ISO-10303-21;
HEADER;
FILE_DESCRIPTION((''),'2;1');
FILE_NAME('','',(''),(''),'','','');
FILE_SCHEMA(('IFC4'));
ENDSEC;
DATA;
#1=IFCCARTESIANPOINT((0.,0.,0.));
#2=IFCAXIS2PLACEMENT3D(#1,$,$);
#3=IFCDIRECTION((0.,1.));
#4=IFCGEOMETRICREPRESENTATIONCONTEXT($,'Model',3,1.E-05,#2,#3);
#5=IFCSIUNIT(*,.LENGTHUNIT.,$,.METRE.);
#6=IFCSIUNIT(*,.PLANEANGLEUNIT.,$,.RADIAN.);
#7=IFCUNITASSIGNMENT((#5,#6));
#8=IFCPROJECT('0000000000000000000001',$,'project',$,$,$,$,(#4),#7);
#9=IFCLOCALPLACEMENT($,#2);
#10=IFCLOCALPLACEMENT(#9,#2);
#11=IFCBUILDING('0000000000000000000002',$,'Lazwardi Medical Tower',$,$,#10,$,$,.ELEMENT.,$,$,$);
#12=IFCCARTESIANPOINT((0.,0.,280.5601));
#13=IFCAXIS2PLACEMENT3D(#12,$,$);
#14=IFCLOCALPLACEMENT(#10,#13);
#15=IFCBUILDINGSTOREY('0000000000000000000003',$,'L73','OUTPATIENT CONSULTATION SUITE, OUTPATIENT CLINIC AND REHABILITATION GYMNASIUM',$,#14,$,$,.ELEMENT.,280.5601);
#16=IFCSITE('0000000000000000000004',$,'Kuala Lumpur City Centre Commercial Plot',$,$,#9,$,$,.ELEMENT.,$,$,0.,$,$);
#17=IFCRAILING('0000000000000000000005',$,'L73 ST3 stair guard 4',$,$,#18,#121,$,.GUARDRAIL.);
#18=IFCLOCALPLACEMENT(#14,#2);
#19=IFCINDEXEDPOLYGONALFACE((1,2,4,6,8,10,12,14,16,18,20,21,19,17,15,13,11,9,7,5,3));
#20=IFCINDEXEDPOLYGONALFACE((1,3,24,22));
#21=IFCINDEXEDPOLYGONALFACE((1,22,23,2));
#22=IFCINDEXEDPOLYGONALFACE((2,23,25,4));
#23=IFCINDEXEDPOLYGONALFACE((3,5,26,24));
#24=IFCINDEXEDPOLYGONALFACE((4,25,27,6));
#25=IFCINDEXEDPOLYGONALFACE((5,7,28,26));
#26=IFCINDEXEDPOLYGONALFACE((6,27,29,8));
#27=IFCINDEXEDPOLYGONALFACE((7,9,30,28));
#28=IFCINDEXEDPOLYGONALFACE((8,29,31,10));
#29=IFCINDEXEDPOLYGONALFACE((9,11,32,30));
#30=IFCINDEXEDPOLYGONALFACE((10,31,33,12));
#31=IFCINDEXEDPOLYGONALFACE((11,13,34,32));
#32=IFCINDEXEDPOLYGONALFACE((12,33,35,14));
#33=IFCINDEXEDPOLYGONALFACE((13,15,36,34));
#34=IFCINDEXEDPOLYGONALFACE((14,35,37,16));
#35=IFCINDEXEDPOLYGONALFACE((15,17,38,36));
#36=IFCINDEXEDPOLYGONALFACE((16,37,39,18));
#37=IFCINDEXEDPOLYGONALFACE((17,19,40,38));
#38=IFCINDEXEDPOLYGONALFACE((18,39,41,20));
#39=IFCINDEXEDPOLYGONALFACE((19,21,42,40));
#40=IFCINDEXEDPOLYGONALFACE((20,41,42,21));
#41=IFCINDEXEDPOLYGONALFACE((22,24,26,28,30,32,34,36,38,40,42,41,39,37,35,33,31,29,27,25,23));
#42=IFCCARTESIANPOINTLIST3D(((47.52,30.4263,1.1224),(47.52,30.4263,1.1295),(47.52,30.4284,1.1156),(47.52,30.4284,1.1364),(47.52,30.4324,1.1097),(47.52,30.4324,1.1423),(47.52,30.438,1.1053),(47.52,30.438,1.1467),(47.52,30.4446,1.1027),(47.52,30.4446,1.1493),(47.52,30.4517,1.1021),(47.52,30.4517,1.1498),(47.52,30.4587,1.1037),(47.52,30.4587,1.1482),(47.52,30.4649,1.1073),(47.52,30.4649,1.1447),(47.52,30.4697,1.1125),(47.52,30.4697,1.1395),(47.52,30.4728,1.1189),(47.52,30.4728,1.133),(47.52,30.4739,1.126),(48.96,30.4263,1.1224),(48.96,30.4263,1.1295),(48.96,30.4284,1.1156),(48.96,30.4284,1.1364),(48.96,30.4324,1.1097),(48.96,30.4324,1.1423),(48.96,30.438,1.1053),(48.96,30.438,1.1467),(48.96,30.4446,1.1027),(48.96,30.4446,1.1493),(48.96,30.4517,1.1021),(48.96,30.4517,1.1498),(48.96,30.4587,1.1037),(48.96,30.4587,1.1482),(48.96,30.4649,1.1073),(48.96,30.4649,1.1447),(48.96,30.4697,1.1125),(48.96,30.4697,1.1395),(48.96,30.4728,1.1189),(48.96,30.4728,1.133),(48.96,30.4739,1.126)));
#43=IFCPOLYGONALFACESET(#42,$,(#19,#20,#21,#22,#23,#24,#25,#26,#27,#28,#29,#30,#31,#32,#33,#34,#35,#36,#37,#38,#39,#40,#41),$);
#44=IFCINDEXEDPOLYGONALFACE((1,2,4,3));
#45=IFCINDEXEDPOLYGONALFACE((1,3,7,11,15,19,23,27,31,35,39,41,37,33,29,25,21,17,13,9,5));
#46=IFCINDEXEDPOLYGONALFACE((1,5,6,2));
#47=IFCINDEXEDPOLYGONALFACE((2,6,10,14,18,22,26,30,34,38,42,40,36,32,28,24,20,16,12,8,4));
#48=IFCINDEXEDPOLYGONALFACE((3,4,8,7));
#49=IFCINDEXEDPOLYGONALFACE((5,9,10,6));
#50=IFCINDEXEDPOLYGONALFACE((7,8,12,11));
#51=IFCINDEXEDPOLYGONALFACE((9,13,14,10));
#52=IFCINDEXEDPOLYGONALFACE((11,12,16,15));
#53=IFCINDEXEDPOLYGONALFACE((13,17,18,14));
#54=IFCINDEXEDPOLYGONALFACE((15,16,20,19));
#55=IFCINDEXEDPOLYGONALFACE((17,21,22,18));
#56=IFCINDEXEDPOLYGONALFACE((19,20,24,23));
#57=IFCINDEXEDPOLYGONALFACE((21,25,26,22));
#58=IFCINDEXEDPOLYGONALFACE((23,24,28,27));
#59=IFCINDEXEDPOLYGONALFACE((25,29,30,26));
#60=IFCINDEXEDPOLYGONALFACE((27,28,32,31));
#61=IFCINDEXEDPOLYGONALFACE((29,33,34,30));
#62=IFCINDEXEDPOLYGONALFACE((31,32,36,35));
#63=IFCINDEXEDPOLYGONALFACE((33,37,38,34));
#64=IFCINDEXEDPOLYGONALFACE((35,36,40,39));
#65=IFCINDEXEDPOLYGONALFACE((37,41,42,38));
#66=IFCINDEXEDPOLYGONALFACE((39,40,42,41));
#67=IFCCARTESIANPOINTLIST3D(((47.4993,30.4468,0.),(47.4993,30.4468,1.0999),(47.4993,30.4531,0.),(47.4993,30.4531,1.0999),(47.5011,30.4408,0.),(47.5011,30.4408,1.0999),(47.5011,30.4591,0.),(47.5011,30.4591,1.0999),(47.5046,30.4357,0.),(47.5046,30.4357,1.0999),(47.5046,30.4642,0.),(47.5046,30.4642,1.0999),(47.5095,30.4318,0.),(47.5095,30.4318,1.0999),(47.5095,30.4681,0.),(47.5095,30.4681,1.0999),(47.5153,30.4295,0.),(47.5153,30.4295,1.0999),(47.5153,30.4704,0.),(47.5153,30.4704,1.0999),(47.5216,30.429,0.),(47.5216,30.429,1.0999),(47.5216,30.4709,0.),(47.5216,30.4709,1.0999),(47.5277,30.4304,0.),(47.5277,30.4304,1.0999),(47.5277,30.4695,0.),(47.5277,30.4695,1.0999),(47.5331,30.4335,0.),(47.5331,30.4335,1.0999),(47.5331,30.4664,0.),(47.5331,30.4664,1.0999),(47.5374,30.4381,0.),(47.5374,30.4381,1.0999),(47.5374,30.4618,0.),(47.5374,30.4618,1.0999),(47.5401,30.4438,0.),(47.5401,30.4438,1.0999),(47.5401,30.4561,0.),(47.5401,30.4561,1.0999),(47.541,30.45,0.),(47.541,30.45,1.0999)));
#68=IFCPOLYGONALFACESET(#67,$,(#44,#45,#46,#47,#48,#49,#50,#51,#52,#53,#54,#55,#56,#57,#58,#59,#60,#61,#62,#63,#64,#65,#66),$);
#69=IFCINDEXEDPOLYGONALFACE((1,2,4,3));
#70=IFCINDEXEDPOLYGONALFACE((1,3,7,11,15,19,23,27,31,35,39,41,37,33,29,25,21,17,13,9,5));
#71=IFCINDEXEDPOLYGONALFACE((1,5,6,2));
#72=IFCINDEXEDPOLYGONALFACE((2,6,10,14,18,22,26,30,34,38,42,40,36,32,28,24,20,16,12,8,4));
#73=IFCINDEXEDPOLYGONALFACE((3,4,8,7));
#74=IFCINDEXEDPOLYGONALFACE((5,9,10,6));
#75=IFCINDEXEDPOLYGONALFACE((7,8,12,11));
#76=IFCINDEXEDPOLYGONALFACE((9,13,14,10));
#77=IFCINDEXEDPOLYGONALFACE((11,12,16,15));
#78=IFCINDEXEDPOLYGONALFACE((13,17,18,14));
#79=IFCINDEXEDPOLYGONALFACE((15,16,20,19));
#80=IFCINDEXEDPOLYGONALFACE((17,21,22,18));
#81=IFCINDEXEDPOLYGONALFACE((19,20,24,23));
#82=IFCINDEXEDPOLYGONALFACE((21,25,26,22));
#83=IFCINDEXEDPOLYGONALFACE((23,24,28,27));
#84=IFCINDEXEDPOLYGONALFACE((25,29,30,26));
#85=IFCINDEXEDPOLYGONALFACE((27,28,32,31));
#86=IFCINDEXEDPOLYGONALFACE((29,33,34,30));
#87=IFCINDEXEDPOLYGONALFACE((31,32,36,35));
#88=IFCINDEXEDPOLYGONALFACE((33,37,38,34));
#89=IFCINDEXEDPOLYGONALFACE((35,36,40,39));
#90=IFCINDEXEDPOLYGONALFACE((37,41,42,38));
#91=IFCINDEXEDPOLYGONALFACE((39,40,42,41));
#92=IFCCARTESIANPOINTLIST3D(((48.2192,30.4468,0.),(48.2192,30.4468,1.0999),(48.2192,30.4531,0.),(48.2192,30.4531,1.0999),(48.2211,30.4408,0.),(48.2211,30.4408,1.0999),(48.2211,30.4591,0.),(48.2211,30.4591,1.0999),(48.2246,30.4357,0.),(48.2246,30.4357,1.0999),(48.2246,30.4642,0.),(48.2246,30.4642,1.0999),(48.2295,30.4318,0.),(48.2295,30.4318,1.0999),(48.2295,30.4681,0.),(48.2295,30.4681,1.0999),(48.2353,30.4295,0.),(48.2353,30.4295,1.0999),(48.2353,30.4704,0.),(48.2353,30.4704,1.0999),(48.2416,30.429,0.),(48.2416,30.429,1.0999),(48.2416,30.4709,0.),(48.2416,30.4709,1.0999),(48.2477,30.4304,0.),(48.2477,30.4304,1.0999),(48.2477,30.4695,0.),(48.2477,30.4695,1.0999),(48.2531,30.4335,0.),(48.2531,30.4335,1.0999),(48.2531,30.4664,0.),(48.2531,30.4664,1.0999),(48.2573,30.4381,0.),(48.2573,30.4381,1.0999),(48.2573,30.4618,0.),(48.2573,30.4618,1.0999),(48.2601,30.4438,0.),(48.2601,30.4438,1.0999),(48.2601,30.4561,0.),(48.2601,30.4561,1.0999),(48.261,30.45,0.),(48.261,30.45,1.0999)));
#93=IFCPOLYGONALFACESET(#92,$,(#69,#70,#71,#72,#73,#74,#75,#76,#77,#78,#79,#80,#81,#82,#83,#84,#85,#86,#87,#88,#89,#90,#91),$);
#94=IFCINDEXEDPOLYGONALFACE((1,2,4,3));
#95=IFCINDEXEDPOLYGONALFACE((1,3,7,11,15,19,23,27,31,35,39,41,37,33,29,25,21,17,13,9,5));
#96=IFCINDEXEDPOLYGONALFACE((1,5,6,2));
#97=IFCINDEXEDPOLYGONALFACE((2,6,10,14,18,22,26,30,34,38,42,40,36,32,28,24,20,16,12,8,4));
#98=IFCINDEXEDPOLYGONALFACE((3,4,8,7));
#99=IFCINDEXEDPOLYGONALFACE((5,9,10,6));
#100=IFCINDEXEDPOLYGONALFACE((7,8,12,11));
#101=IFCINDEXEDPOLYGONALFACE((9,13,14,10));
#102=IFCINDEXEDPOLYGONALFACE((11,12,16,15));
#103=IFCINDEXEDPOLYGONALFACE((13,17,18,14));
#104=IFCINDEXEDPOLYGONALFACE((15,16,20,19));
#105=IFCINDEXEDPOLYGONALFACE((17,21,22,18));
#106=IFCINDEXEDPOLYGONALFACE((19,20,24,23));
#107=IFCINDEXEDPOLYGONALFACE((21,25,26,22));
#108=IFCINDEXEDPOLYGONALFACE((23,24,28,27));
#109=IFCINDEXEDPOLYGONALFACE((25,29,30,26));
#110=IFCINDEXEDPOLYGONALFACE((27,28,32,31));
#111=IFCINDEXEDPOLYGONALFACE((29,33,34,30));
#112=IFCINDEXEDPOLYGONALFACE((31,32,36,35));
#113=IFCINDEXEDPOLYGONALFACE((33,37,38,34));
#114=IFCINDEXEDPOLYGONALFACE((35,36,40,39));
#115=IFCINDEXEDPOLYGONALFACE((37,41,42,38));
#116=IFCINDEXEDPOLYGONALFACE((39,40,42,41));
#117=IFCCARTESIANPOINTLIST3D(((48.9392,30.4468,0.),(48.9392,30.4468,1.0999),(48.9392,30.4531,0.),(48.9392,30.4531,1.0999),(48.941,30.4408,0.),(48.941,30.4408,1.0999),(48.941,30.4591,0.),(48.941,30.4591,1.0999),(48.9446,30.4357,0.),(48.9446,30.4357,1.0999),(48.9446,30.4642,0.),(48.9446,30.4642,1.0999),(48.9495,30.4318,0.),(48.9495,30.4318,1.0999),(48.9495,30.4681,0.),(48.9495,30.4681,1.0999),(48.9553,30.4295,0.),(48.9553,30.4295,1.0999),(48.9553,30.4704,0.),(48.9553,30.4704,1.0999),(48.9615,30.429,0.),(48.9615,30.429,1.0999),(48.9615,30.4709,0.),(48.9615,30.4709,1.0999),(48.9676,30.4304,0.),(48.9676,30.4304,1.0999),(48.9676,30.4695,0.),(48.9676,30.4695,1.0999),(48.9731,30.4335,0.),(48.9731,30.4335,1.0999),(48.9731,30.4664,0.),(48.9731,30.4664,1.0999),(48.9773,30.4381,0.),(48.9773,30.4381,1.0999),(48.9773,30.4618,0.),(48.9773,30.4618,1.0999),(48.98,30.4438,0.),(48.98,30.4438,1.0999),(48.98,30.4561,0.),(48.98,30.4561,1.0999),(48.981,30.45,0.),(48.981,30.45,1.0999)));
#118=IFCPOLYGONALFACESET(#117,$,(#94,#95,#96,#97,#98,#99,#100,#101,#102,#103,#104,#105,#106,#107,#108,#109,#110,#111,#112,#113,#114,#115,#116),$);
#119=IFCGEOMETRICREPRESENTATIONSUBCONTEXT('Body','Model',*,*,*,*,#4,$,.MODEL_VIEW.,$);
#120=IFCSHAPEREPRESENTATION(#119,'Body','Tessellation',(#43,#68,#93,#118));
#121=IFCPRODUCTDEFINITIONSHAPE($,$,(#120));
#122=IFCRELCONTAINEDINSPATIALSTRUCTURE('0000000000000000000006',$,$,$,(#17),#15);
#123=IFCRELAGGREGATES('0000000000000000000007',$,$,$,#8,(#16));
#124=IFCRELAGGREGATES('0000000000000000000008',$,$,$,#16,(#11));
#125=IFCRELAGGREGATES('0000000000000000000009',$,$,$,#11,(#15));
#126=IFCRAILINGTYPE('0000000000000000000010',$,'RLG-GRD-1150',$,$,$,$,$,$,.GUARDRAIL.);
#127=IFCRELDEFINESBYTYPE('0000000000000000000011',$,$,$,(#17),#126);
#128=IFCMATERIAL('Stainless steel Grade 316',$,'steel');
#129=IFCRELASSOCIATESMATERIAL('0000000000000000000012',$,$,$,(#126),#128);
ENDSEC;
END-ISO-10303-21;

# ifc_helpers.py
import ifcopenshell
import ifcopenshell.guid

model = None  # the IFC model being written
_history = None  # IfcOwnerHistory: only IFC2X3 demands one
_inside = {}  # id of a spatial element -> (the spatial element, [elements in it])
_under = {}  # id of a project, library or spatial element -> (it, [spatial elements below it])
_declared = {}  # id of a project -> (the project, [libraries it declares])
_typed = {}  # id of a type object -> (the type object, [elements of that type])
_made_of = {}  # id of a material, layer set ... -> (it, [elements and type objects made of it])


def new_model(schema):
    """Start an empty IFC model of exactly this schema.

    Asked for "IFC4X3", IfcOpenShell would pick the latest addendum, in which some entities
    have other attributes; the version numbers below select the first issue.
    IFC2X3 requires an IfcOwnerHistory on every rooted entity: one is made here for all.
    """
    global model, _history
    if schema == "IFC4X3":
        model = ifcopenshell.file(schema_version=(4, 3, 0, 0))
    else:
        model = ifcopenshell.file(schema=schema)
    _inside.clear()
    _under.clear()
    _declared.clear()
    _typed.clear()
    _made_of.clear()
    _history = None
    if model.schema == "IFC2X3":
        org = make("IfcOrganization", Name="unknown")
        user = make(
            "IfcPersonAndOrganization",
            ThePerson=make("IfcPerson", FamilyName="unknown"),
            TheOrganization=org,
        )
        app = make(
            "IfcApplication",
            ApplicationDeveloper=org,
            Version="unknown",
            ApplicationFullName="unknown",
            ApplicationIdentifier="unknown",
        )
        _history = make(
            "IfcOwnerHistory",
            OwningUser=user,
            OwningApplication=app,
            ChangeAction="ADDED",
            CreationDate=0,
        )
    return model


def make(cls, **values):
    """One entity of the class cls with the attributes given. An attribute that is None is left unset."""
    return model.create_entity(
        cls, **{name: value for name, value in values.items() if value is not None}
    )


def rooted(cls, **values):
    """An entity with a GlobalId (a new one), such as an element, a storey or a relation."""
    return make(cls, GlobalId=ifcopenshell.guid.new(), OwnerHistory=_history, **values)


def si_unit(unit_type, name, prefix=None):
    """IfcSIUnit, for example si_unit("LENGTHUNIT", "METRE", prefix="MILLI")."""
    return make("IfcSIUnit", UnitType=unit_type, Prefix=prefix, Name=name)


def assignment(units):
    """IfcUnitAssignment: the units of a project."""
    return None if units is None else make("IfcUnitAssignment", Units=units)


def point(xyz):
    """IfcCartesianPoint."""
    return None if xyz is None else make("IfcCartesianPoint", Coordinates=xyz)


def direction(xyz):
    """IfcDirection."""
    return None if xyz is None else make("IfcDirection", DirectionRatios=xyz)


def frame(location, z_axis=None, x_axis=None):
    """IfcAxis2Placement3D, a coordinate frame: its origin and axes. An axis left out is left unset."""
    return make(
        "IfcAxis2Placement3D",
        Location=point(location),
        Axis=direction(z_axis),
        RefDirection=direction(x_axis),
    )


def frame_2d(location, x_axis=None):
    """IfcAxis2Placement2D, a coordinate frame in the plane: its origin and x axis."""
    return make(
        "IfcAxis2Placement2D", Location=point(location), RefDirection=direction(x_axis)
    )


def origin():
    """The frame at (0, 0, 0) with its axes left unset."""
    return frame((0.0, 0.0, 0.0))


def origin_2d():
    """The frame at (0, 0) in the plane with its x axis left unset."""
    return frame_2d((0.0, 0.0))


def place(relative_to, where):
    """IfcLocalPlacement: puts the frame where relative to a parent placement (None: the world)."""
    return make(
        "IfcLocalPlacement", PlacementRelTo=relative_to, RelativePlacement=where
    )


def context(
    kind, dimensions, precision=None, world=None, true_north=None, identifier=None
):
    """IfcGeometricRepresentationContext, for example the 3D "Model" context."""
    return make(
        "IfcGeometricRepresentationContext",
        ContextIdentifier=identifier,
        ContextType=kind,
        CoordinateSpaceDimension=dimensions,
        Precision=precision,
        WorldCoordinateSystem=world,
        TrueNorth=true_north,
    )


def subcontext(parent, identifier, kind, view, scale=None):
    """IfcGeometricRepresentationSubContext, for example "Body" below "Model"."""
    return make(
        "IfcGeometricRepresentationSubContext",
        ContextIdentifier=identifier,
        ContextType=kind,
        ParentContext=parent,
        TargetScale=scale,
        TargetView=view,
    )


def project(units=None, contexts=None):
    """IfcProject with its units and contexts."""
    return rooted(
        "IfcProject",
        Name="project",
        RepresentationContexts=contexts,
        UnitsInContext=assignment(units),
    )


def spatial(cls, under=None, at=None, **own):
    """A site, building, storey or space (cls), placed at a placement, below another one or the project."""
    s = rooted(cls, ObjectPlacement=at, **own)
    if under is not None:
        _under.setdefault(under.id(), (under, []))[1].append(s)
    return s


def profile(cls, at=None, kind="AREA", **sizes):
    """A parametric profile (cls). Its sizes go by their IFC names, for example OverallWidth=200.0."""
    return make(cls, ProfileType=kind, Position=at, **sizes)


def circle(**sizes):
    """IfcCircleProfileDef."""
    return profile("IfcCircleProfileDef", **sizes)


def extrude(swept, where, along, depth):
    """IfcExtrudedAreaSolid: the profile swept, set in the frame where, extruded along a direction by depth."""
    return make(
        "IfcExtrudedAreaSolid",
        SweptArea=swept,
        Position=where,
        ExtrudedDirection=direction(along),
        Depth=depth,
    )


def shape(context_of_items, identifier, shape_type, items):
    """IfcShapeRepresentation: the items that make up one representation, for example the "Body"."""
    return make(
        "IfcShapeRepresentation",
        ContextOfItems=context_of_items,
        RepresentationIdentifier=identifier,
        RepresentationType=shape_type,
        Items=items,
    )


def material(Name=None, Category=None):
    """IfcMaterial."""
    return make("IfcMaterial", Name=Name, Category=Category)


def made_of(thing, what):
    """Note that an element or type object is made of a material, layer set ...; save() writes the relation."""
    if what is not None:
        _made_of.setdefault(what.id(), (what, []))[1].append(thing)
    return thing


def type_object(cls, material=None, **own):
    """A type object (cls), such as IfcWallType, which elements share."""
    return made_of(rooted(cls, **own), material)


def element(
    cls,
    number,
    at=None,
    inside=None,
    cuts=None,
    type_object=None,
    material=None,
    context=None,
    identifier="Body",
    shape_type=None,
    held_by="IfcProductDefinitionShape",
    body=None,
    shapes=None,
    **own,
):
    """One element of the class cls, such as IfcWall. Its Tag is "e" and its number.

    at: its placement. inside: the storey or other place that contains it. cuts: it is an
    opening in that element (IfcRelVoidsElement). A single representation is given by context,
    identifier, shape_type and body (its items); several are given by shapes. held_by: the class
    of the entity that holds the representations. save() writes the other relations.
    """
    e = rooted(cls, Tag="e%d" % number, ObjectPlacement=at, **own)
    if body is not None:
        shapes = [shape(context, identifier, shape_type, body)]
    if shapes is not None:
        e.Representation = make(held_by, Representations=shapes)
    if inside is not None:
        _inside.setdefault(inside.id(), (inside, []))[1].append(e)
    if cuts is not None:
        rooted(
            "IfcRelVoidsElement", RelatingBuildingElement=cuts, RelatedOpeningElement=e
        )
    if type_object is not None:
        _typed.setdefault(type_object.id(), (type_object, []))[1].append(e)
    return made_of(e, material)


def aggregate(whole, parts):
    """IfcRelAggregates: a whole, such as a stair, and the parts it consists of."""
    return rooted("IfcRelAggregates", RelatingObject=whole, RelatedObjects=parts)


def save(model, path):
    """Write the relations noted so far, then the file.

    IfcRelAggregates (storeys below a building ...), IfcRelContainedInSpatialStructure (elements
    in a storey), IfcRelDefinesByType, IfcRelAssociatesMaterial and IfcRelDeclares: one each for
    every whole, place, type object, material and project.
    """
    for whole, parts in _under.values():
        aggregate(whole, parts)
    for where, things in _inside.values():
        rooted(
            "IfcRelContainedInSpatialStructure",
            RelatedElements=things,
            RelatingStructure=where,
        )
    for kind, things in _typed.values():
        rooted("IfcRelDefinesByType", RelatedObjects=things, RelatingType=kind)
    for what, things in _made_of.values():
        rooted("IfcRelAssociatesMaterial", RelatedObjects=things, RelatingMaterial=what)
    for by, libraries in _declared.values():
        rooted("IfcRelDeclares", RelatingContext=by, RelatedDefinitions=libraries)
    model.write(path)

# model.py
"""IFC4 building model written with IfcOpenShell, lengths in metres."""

from ifc_helpers import new_model, si_unit, direction, frame, origin, origin_2d, place, context, subcontext, project, spatial, circle, extrude, material, type_object, element, save


model = new_model("IFC4")

# Units and contexts
model_context = context("Model", 3, precision=1e-05, world=origin(), true_north=direction((0.0, 1.0)))
body_context = subcontext(model_context, "Body", "Model", "MODEL_VIEW")
ifc_project = project(units=[si_unit("LENGTHUNIT", "METRE"), si_unit("PLANEANGLEUNIT", "RADIAN")], contexts=[model_context])

# Site, building, storey
site_placement = place(None, origin())
site = spatial("IfcSite", under=ifc_project, at=site_placement, Name="Kuala Lumpur City Centre Commercial Plot", CompositionType="ELEMENT", RefElevation=0.0)
building_placement = place(site_placement, origin())
building = spatial("IfcBuilding", under=site, at=building_placement, Name="Lazwardi Medical Tower", CompositionType="ELEMENT")
storey_placement = place(building_placement, frame((0.0, 0.0, 280.5601)))
storey = spatial("IfcBuildingStorey", under=building, at=storey_placement, Name="L73", Description="OUTPATIENT CONSULTATION SUITE, OUTPATIENT CLINIC AND REHABILITATION GYMNASIUM", CompositionType="ELEMENT", Elevation=280.5601)

# Railing
ifc_material_1 = material(Name="Stainless steel Grade 316", Category="steel")
railing_type_1 = type_object("IfcRailingType", Name="RLG-GRD-1150", PredefinedType="GUARDRAIL", material=ifc_material_1)
railing_1_placement = place(storey_placement, frame((47.52, 30.45, 0.0)))
element("IfcRailing", 1, at=railing_1_placement, inside=storey, type_object=railing_type_1, Name="L73 ST3 stair guard 4", PredefinedType="GUARDRAIL", context=body_context, shape_type="SweptSolid", body=[
    extrude(circle(Radius=0.0239, at=origin_2d()), frame((0.0, 0.0, 1.126), z_axis=(1.0, 0.0, 0.0), x_axis=(0.0, 1.0, 0.0)), (0.0, 0.0, 1.0), 1.4399),
    extrude(circle(Radius=0.021, at=origin_2d()), origin(), (0.0, 0.0, 1.0), 1.0999),
    extrude(circle(Radius=0.021, at=origin_2d()), frame((0.72, 0.0, 0.0)), (0.0, 0.0, 1.0), 1.0999),
    extrude(circle(Radius=0.021, at=origin_2d()), frame((1.4399, 0.0, 0.0)), (0.0, 0.0, 1.0), 1.0999),
])

save(model, "model.ifc")
